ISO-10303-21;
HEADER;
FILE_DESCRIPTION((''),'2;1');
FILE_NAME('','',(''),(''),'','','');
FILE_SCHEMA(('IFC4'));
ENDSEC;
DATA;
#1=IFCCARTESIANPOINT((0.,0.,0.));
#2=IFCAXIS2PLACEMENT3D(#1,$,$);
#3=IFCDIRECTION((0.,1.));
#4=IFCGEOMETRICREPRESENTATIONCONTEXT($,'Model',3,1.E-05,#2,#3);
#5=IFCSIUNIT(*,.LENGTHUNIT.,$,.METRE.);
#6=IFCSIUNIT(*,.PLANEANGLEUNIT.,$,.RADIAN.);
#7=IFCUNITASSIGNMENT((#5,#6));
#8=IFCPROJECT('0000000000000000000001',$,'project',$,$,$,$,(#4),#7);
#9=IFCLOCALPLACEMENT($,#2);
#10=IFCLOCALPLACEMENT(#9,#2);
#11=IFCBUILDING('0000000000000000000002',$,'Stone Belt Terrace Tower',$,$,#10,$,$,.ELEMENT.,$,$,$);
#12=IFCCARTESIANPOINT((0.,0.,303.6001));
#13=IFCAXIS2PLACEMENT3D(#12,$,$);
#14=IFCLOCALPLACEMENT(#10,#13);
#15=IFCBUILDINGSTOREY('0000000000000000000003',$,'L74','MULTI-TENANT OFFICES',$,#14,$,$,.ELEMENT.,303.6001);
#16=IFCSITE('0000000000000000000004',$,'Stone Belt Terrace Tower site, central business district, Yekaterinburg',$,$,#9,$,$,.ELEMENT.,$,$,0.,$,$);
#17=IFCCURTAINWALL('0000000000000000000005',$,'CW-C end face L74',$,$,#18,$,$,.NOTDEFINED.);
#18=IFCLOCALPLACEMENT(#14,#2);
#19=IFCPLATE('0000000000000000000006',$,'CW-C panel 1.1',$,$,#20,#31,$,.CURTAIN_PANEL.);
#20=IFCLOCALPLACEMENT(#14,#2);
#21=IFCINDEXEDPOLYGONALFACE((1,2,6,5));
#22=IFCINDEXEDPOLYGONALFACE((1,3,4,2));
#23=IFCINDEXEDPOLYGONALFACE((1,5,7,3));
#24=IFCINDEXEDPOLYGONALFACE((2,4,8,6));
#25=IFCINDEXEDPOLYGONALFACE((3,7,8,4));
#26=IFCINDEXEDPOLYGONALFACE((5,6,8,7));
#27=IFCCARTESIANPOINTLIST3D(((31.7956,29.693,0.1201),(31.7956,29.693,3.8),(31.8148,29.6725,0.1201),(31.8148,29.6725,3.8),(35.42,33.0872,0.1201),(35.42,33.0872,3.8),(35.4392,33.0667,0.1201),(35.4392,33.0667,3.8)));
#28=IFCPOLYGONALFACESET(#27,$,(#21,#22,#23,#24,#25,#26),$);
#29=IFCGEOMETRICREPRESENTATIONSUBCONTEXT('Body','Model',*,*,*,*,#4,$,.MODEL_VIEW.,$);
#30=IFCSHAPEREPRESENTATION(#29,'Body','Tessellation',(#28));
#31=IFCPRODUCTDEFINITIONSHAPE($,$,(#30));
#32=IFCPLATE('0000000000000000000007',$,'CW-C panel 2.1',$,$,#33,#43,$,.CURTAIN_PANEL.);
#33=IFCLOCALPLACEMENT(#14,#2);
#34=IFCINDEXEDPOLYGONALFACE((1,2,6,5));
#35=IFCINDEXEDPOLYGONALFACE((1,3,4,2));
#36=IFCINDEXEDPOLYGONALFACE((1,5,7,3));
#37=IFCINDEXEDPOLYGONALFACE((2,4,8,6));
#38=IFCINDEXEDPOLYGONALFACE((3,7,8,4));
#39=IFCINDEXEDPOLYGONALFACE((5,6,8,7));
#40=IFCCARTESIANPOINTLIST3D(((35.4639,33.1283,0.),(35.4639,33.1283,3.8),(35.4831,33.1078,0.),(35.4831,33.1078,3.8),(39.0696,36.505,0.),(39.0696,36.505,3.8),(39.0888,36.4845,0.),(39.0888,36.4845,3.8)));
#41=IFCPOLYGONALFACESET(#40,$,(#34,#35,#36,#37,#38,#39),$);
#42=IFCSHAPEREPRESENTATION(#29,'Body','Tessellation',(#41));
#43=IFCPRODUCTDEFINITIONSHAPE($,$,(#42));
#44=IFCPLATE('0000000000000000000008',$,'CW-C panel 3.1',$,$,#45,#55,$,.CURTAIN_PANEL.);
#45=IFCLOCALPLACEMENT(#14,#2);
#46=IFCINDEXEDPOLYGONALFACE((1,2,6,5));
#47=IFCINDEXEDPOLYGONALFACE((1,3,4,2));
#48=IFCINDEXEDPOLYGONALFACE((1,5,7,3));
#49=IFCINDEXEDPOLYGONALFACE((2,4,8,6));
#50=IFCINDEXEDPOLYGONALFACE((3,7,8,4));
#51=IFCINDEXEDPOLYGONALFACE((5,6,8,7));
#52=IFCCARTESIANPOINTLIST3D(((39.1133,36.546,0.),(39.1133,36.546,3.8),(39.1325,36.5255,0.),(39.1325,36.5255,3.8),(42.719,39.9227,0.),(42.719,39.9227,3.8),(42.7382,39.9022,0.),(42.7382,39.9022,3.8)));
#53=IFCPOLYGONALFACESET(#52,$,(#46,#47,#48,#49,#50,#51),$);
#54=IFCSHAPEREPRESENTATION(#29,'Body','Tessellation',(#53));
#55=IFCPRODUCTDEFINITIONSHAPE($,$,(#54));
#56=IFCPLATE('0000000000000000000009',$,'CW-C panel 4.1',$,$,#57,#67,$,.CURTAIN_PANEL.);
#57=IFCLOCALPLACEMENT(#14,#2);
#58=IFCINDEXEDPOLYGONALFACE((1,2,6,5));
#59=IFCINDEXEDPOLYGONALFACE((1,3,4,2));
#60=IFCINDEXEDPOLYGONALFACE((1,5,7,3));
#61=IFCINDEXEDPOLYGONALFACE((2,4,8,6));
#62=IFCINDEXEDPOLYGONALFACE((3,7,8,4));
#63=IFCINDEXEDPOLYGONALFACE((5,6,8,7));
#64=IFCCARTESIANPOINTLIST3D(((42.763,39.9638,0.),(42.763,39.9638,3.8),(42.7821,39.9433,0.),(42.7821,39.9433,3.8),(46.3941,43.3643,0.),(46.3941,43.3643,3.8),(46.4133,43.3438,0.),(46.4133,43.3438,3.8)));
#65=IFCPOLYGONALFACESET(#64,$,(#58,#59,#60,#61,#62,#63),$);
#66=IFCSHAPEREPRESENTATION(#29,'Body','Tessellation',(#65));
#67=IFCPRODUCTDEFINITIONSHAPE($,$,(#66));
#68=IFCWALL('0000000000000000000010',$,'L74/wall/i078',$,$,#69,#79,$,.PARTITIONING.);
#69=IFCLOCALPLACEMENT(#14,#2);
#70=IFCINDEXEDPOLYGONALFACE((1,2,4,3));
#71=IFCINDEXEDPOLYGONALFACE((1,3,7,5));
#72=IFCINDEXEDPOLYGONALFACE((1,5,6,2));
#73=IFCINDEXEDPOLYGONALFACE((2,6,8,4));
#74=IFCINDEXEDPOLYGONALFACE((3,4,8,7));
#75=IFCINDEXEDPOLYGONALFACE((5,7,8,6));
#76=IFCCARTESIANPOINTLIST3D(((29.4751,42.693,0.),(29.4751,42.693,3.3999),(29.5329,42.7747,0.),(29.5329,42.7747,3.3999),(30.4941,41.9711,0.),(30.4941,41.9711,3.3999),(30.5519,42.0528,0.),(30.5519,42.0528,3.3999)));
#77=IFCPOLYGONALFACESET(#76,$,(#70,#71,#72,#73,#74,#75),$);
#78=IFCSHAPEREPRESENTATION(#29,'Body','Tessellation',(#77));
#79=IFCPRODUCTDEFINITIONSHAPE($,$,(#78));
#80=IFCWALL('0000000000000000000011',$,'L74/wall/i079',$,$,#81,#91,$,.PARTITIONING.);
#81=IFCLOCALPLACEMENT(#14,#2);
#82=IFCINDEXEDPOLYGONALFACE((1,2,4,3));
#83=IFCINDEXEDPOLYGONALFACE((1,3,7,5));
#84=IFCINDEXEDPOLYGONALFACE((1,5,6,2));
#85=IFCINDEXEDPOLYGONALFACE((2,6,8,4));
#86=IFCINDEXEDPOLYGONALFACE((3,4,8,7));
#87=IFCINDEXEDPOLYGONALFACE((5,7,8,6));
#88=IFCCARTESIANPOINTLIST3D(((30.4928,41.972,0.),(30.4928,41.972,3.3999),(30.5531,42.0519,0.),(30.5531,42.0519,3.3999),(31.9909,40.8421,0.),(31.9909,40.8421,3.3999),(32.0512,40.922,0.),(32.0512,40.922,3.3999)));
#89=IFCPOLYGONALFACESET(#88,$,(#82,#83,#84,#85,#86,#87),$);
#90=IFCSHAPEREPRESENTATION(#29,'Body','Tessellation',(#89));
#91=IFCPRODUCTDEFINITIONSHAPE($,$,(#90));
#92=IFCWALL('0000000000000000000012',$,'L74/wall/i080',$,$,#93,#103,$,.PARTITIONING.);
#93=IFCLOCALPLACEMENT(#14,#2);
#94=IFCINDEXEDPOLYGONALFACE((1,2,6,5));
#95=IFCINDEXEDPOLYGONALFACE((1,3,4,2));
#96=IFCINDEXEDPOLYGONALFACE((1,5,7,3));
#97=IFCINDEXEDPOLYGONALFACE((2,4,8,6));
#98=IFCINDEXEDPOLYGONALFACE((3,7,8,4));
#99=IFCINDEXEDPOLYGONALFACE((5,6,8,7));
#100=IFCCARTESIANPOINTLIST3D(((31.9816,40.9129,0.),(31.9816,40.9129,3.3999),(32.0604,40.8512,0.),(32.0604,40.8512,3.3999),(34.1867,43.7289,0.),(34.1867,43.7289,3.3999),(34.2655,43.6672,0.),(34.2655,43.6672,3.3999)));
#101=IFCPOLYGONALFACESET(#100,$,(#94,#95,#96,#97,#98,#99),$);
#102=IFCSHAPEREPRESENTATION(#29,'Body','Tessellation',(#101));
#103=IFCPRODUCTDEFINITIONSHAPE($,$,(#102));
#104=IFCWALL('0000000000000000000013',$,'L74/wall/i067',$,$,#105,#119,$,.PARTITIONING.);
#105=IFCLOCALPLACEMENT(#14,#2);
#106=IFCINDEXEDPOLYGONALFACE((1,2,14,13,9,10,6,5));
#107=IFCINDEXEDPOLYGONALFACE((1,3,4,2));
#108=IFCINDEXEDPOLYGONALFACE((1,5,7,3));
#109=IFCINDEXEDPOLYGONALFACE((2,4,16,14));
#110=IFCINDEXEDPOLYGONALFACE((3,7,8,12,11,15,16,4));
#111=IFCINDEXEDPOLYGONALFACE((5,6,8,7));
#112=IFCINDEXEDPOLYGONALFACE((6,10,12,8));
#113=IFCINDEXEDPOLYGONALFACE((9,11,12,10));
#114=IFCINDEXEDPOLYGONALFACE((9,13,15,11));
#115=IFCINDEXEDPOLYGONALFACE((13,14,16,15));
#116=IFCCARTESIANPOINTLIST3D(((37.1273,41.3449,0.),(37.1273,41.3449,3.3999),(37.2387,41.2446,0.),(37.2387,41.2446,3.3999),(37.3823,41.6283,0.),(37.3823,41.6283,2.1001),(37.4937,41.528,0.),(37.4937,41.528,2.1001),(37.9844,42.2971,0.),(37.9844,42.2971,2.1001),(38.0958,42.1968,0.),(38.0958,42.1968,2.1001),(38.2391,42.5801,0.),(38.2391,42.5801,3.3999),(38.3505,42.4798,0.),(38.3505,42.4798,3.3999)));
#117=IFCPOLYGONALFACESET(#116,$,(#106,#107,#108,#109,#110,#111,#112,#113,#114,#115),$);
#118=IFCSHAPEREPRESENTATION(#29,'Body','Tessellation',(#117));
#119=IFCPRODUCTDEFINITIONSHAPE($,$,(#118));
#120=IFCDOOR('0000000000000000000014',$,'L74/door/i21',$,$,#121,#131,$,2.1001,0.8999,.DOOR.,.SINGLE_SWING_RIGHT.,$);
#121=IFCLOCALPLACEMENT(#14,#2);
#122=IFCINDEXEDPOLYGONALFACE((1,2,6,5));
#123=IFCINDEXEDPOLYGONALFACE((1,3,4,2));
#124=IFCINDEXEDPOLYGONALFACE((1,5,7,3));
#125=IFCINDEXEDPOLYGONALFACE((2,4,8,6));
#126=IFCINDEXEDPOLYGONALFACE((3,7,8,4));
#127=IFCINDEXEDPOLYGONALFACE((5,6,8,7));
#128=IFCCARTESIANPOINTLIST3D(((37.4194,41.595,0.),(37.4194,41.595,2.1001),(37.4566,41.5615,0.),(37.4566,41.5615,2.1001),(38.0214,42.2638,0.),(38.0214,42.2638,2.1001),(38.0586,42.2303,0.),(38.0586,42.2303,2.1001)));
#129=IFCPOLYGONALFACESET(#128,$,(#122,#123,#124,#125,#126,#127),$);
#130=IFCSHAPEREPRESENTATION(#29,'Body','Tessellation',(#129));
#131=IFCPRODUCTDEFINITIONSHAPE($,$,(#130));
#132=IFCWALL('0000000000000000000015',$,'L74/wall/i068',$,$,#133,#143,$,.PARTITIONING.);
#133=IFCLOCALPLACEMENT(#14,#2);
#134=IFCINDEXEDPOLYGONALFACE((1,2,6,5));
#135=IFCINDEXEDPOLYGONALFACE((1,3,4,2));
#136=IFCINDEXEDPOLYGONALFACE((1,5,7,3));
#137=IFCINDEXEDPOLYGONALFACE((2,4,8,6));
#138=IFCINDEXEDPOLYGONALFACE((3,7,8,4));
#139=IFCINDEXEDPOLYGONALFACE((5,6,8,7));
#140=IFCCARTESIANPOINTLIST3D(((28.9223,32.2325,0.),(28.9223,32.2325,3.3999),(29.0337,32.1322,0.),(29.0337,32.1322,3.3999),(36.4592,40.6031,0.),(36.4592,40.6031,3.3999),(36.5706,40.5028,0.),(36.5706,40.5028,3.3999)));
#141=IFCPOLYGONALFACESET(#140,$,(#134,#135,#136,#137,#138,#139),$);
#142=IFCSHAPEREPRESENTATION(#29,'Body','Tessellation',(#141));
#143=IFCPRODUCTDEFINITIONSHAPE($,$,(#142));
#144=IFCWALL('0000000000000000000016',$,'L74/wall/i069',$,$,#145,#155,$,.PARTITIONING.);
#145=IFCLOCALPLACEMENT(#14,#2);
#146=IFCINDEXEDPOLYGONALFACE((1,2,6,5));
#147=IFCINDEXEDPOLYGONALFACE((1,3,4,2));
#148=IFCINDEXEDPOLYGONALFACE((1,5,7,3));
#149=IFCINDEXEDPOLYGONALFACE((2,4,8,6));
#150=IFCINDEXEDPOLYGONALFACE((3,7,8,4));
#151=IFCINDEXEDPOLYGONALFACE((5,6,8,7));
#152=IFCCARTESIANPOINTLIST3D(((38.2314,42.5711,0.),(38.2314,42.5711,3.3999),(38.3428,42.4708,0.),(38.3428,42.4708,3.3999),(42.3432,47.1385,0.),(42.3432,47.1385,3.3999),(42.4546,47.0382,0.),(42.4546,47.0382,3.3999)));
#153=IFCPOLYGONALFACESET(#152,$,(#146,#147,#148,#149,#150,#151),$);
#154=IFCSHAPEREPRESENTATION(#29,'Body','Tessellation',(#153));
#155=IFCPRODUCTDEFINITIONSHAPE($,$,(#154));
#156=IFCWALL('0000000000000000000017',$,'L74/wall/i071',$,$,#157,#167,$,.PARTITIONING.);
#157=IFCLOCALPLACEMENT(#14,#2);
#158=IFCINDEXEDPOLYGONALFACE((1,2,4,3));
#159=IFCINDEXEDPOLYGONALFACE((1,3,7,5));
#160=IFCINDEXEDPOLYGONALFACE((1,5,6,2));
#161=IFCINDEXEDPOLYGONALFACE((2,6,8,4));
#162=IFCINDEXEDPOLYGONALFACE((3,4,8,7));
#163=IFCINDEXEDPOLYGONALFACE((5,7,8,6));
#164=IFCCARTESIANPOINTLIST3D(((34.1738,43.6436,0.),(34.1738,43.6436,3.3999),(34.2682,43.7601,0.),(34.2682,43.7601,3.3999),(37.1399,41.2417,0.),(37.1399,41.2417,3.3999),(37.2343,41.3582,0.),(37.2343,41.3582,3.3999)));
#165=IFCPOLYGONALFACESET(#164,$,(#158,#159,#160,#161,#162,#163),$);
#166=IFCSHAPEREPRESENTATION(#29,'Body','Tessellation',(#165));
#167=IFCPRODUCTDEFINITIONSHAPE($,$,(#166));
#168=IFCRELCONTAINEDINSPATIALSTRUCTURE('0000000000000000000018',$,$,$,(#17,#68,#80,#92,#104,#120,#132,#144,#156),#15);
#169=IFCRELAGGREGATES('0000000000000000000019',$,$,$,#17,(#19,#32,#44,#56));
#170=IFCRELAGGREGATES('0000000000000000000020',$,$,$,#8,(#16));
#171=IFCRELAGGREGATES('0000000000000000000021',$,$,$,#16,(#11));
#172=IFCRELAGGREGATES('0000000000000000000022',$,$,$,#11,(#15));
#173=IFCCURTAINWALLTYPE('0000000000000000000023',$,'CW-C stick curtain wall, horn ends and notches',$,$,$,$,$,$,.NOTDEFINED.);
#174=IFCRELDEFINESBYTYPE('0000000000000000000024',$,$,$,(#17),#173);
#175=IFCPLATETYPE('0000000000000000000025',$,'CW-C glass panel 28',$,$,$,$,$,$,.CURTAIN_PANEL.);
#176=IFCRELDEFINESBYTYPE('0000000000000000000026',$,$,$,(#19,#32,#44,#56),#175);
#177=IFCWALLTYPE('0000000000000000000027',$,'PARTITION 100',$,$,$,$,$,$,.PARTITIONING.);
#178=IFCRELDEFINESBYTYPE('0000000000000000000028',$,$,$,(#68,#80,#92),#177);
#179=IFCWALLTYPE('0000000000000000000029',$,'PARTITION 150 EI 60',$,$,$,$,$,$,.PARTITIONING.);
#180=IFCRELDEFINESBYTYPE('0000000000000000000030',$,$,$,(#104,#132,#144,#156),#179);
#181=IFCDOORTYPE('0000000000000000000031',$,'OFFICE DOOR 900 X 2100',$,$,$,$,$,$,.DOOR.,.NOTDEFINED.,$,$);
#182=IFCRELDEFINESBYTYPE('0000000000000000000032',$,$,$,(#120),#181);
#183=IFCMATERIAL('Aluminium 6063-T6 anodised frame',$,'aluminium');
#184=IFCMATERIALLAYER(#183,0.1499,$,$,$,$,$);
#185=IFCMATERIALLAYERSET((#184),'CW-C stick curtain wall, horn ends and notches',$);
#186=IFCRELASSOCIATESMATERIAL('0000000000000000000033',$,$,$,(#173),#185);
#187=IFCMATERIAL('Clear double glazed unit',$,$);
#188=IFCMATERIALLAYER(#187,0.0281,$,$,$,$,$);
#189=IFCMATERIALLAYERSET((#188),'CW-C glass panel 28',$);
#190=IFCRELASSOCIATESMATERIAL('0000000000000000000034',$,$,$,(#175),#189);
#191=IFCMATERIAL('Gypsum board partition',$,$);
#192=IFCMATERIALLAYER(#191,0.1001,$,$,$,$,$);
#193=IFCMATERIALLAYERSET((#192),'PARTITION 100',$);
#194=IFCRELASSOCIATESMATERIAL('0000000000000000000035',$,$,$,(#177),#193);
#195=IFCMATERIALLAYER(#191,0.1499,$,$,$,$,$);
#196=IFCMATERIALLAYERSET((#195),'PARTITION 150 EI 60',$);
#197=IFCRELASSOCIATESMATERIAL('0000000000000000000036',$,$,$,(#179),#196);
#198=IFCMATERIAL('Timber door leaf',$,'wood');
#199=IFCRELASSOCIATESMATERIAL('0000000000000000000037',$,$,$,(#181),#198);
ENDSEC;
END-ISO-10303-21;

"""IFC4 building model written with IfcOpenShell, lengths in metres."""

from ifc_helpers import new_model, si_unit, direction, frame, frame_2d, origin, origin_2d, place, context, subcontext, project, spatial, rectangle, extrude, material, layer, layer_set, type_object, element, fill, aggregate, save


model = new_model("IFC4")

# Units and contexts
model_context = context("Model", 3, precision=1e-05, world=origin(), true_north=direction((0.0, 1.0)))
body_context = subcontext(model_context, "Body", "Model", "MODEL_VIEW")
ifc_project = project(units=[si_unit("LENGTHUNIT", "METRE"), si_unit("PLANEANGLEUNIT", "RADIAN")], contexts=[model_context])

# Site, building, storey
site_placement = place(None, origin())
site = spatial("IfcSite", under=ifc_project, at=site_placement, Name="Stone Belt Terrace Tower site, central business district, Yekaterinburg", CompositionType="ELEMENT", RefElevation=0.0)
building_placement = place(site_placement, origin())
building = spatial("IfcBuilding", under=site, at=building_placement, Name="Stone Belt Terrace Tower", CompositionType="ELEMENT")
storey_placement = place(building_placement, frame((0.0, 0.0, 303.6001)))
storey = spatial("IfcBuildingStorey", under=building, at=storey_placement, Name="L74", Description="MULTI-TENANT OFFICES", CompositionType="ELEMENT", Elevation=303.6001)

# Curtain wall
ifc_material_1 = material(Name="Aluminium 6063-T6 anodised frame", Category="aluminium")
ifc_layer_1 = layer(ifc_material_1, 0.1499)
ifc_layer_set_1 = layer_set([ifc_layer_1], Name="CW-C stick curtain wall, horn ends and notches")
curtain_wall_type_1 = type_object("IfcCurtainWallType", Name="CW-C stick curtain wall, horn ends and notches", PredefinedType="NOTDEFINED", material=ifc_layer_set_1)
curtain_wall_1_placement = place(storey_placement, origin())
curtain_wall_1 = element("IfcCurtainWall", 1, at=curtain_wall_1_placement, inside=storey, type_object=curtain_wall_type_1, Name="CW-C end face L74", PredefinedType="NOTDEFINED")

# Shared definitions
ifc_material_2 = material(Name="Clear double glazed unit")

# Plates
ifc_layer_2 = layer(ifc_material_2, 0.0281)
ifc_layer_set_2 = layer_set([ifc_layer_2], Name="CW-C glass panel 28")
plate_type_1 = type_object("IfcPlateType", Name="CW-C glass panel 28", PredefinedType="CURTAIN_PANEL", material=ifc_layer_set_2)
plate_1_placement = place(storey_placement, frame((33.6174, 31.3799, 0.1201), z_axis=(0.0, 0.0, 1.0), x_axis=(0.729904, 0.683549, 0.0)))
plate_1 = element("IfcPlate", 2, at=plate_1_placement, type_object=plate_type_1, Name="CW-C panel 1.1", PredefinedType="CURTAIN_PANEL", context=body_context, shape_type="SweptSolid", body=[
    extrude(rectangle(XDim=4.9656, YDim=0.0281, at=origin_2d()), origin(), (0.0, 0.0, 1.0), 3.6799),
])
plate_2_placement = place(storey_placement, frame((37.2764, 34.8064, 0.0), z_axis=(0.0, 0.0, 1.0), x_axis=(0.729904, 0.683549, 0.0)))
plate_2 = element("IfcPlate", 3, at=plate_2_placement, type_object=plate_type_1, Name="CW-C panel 2.1", PredefinedType="CURTAIN_PANEL", context=body_context, shape_type="SweptSolid", body=[
    extrude(rectangle(XDim=4.9399, YDim=0.0281, at=origin_2d()), origin(), (0.0, 0.0, 1.0), 3.8),
])
plate_3_placement = place(storey_placement, frame((40.9258, 38.2241, 0.0), z_axis=(0.0, 0.0, 1.0), x_axis=(0.729904, 0.683549, 0.0)))
plate_3 = element("IfcPlate", 4, at=plate_3_placement, type_object=plate_type_1, Name="CW-C panel 3.1", PredefinedType="CURTAIN_PANEL", context=body_context, shape_type="SweptSolid", body=[
    extrude(rectangle(XDim=4.9399, YDim=0.0281, at=origin_2d()), origin(), (0.0, 0.0, 1.0), 3.8),
])
plate_4_placement = place(storey_placement, frame((44.5881, 41.6538, 0.0), z_axis=(0.0, 0.0, 1.0), x_axis=(0.729904, 0.683549, 0.0)))
plate_4 = element("IfcPlate", 5, at=plate_4_placement, type_object=plate_type_1, Name="CW-C panel 4.1", PredefinedType="CURTAIN_PANEL", context=body_context, shape_type="SweptSolid", body=[
    extrude(rectangle(XDim=4.9749, YDim=0.0281, at=origin_2d()), origin(), (0.0, 0.0, 1.0), 3.8),
])
aggregate(curtain_wall_1, [plate_1, plate_2, plate_3, plate_4])

# Walls
ifc_material_3 = material(Name="Gypsum board partition")
ifc_layer_3 = layer(ifc_material_3, 0.1001)
ifc_layer_set_3 = layer_set([ifc_layer_3], Name="PARTITION 100")
wall_type_1 = type_object("IfcWallType", Name="PARTITION 100", PredefinedType="PARTITIONING", material=ifc_layer_set_3)
wall_1_placement = place(storey_placement, frame((29.5039, 42.7339, 0.0), z_axis=(0.0, 0.0, 1.0), x_axis=(0.815986, -0.578072, 0.0)))
element("IfcWall", 6, at=wall_1_placement, inside=storey, type_object=wall_type_1, Name="L74/wall/i078", PredefinedType="PARTITIONING", context=body_context, shape_type="SweptSolid", body=[
    extrude(rectangle(XDim=1.2488, YDim=0.1001, at=frame_2d((0.6245, 0.0))), origin(), (0.0, 0.0, 1.0), 3.3999),
])
wall_2_placement = place(storey_placement, frame((30.5229, 42.012, 0.0), z_axis=(0.0, 0.0, 1.0), x_axis=(0.798373, -0.602163, 0.0)))
element("IfcWall", 7, at=wall_2_placement, inside=storey, type_object=wall_type_1, Name="L74/wall/i079", PredefinedType="PARTITIONING", context=body_context, shape_type="SweptSolid", body=[
    extrude(rectangle(XDim=1.8765, YDim=0.1001, at=frame_2d((0.9382, 0.0))), origin(), (0.0, 0.0, 1.0), 3.3999),
])
wall_3_placement = place(storey_placement, frame((32.021, 40.8821, 0.0), z_axis=(0.0, 0.0, 1.0), x_axis=(0.616536, 0.787326, 0.0)))
element("IfcWall", 8, at=wall_3_placement, inside=storey, type_object=wall_type_1, Name="L74/wall/i080", PredefinedType="PARTITIONING", context=body_context, shape_type="SweptSolid", body=[
    extrude(rectangle(XDim=3.5767, YDim=0.1001, at=frame_2d((1.7883, 0.0))), origin(), (0.0, 0.0, 1.0), 3.3999),
])

# Wall, opening, door
ifc_layer_4 = layer(ifc_material_3, 0.1499)
ifc_layer_set_4 = layer_set([ifc_layer_4], Name="PARTITION 150 EI 60")
wall_type_2 = type_object("IfcWallType", Name="PARTITION 150 EI 60", PredefinedType="PARTITIONING", material=ifc_layer_set_4)
wall_4_placement = place(storey_placement, frame((38.2949, 42.53, 0.0), z_axis=(0.0, 0.0, 1.0), x_axis=(-0.669038, -0.743228, 0.0)))
wall_4 = element("IfcWall", 9, at=wall_4_placement, inside=storey, type_object=wall_type_2, Name="L74/wall/i067", PredefinedType="PARTITIONING", context=body_context, shape_type="SweptSolid", body=[
    extrude(rectangle(XDim=1.6619, YDim=0.1499, at=frame_2d((0.8311, 0.0))), origin(), (0.0, 0.0, 1.0), 3.3999),
])
opening_placement = place(wall_4_placement, frame((0.3809, 0.0, 0.0)))
opening = element("IfcOpeningElement", 10, at=opening_placement, cuts=wall_4, PredefinedType="OPENING", context=body_context, shape_type="SweptSolid", body=[
    extrude(rectangle(XDim=0.8999, YDim=2.1001, at=frame_2d((0.45, 1.05))), frame((0.0, 0.085, 0.0), z_axis=(0.0, -1.0, 0.0), x_axis=(1.0, 0.0, 0.0)), (0.0, 0.0, 1.0), 0.1699),
])
ifc_material_4 = material(Name="Timber door leaf", Category="wood")
door_type = type_object("IfcDoorType", Name="OFFICE DOOR 900 X 2100", OperationType="NOTDEFINED", PredefinedType="DOOR", material=ifc_material_4)
door_placement = place(opening_placement, origin())
door = element("IfcDoor", 11, at=door_placement, inside=storey, type_object=door_type, Name="L74/door/i21", OperationType="SINGLE_SWING_RIGHT", OverallHeight=2.1001, OverallWidth=0.8999, PredefinedType="DOOR", context=body_context, shape_type="SweptSolid", body=[
    extrude(rectangle(XDim=0.8999, YDim=2.1001, at=frame_2d((0.45, 1.05))), frame((0.0, 0.0249, 0.0), z_axis=(0.0, -1.0, 0.0), x_axis=(1.0, 0.0, 0.0)), (0.0, 0.0, 1.0), 0.05),
])
fill(opening, door)

# Walls
wall_5_placement = place(storey_placement, frame((28.978, 32.1824, 0.0), z_axis=(0.0, 0.0, 1.0), x_axis=(0.669128, 0.743148, 0.0)))
element("IfcWall", 12, at=wall_5_placement, inside=storey, type_object=wall_type_2, Name="L74/wall/i068", PredefinedType="PARTITIONING", context=body_context, shape_type="SweptSolid", body=[
    extrude(rectangle(XDim=11.2637, YDim=0.1499, at=frame_2d((5.6318, 0.0))), origin(), (0.0, 0.0, 1.0), 3.3999),
])
wall_6_placement = place(storey_placement, frame((38.2871, 42.521, 0.0), z_axis=(0.0, 0.0, 1.0), x_axis=(0.66907, 0.743199, 0.0)))
element("IfcWall", 13, at=wall_6_placement, inside=storey, type_object=wall_type_2, Name="L74/wall/i069", PredefinedType="PARTITIONING", context=body_context, shape_type="SweptSolid", body=[
    extrude(rectangle(XDim=6.1455, YDim=0.1499, at=frame_2d((3.0728, 0.0))), origin(), (0.0, 0.0, 1.0), 3.3999),
])
wall_7_placement = place(storey_placement, frame((37.187, 41.3, 0.0), z_axis=(0.0, 0.0, 1.0), x_axis=(-0.777148, 0.629318, 0.0)))
element("IfcWall", 14, at=wall_7_placement, inside=storey, type_object=wall_type_2, Name="L74/wall/i071", PredefinedType="PARTITIONING", context=body_context, shape_type="SweptSolid", body=[
    extrude(rectangle(XDim=3.8167, YDim=0.1499, at=frame_2d((1.9082, 0.0))), origin(), (0.0, 0.0, 1.0), 3.3999),
])

save(model, "model.ifc")
